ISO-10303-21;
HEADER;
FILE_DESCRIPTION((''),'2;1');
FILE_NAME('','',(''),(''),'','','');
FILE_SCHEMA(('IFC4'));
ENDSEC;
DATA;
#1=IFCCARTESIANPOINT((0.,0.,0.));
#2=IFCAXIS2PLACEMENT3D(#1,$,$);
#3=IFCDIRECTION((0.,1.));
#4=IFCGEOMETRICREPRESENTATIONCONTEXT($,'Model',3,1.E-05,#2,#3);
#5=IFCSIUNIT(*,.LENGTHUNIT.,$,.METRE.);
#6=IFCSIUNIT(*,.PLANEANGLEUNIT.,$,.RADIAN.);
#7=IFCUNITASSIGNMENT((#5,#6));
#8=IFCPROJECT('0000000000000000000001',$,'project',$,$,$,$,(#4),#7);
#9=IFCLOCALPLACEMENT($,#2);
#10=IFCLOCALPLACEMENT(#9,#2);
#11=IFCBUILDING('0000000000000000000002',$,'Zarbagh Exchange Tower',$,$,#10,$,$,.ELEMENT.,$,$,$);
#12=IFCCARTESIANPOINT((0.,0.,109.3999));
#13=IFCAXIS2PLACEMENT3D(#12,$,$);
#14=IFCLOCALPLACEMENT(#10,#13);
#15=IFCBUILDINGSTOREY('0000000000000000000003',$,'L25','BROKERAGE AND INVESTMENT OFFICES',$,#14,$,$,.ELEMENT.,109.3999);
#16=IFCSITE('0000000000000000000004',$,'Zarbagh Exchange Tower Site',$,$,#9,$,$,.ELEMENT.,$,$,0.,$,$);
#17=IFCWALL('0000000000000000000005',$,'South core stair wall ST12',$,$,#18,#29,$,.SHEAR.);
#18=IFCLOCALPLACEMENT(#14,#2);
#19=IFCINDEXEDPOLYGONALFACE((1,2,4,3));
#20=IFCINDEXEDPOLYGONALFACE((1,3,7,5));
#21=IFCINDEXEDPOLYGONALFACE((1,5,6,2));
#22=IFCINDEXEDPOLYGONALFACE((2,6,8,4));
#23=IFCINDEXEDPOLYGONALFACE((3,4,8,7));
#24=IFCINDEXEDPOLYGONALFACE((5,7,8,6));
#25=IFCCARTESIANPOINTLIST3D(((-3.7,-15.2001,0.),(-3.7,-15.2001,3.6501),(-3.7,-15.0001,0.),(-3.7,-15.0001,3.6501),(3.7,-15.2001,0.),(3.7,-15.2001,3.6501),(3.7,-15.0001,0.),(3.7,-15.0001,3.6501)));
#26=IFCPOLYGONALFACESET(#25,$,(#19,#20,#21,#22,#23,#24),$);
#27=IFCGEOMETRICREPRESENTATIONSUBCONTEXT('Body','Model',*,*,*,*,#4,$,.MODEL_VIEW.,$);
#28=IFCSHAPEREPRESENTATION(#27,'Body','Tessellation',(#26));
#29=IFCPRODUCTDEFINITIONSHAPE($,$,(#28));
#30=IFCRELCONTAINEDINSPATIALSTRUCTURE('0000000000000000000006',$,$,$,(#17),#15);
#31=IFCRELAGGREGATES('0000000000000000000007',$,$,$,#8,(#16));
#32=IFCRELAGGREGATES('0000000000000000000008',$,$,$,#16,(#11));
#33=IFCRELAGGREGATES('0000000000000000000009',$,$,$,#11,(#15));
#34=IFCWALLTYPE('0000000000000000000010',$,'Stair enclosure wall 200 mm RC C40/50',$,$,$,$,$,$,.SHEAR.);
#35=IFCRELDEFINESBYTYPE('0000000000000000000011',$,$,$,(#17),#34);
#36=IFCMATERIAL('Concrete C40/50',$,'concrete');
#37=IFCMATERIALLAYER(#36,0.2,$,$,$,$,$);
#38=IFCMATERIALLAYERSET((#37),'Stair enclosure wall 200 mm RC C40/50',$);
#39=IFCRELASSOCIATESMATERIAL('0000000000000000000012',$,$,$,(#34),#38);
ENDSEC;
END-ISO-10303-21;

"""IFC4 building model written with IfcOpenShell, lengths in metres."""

from ifc_helpers import new_model, si_unit, direction, frame, frame_2d, origin, place, context, subcontext, project, spatial, rectangle, extrude, material, layer, layer_set, type_object, element, save


model = new_model("IFC4")

# Units and contexts
model_context = context("Model", 3, precision=1e-05, world=origin(), true_north=direction((0.0, 1.0)))
body_context = subcontext(model_context, "Body", "Model", "MODEL_VIEW")
ifc_project = project(units=[si_unit("LENGTHUNIT", "METRE"), si_unit("PLANEANGLEUNIT", "RADIAN")], contexts=[model_context])

# Site, building, storey
site_placement = place(None, origin())
site = spatial("IfcSite", under=ifc_project, at=site_placement, Name="Zarbagh Exchange Tower Site", CompositionType="ELEMENT", RefElevation=0.0)
building_placement = place(site_placement, origin())
building = spatial("IfcBuilding", under=site, at=building_placement, Name="Zarbagh Exchange Tower", CompositionType="ELEMENT")
storey_placement = place(building_placement, frame((0.0, 0.0, 109.3999)))
storey = spatial("IfcBuildingStorey", under=building, at=storey_placement, Name="L25", Description="BROKERAGE AND INVESTMENT OFFICES", CompositionType="ELEMENT", Elevation=109.3999)

# Wall
ifc_material_1 = material(Name="Concrete C40/50", Category="concrete")
ifc_layer_1 = layer(ifc_material_1, 0.2)
ifc_layer_set_1 = layer_set([ifc_layer_1], Name="Stair enclosure wall 200 mm RC C40/50")
wall_type_1 = type_object("IfcWallType", Name="Stair enclosure wall 200 mm RC C40/50", PredefinedType="SHEAR", material=ifc_layer_set_1)
wall_1_placement = place(storey_placement, frame((3.7, -15.1001, 0.0), z_axis=(0.0, 0.0, 1.0), x_axis=(-1.0, 0.0, 0.0)))
element("IfcWall", 1, at=wall_1_placement, inside=storey, type_object=wall_type_1, Name="South core stair wall ST12", PredefinedType="SHEAR", context=body_context, shape_type="SweptSolid", body=[
    extrude(rectangle(XDim=7.3999, YDim=0.2, at=frame_2d((3.7, 0.0))), origin(), (0.0, 0.0, 1.0), 3.6501),
])

save(model, "model.ifc")
